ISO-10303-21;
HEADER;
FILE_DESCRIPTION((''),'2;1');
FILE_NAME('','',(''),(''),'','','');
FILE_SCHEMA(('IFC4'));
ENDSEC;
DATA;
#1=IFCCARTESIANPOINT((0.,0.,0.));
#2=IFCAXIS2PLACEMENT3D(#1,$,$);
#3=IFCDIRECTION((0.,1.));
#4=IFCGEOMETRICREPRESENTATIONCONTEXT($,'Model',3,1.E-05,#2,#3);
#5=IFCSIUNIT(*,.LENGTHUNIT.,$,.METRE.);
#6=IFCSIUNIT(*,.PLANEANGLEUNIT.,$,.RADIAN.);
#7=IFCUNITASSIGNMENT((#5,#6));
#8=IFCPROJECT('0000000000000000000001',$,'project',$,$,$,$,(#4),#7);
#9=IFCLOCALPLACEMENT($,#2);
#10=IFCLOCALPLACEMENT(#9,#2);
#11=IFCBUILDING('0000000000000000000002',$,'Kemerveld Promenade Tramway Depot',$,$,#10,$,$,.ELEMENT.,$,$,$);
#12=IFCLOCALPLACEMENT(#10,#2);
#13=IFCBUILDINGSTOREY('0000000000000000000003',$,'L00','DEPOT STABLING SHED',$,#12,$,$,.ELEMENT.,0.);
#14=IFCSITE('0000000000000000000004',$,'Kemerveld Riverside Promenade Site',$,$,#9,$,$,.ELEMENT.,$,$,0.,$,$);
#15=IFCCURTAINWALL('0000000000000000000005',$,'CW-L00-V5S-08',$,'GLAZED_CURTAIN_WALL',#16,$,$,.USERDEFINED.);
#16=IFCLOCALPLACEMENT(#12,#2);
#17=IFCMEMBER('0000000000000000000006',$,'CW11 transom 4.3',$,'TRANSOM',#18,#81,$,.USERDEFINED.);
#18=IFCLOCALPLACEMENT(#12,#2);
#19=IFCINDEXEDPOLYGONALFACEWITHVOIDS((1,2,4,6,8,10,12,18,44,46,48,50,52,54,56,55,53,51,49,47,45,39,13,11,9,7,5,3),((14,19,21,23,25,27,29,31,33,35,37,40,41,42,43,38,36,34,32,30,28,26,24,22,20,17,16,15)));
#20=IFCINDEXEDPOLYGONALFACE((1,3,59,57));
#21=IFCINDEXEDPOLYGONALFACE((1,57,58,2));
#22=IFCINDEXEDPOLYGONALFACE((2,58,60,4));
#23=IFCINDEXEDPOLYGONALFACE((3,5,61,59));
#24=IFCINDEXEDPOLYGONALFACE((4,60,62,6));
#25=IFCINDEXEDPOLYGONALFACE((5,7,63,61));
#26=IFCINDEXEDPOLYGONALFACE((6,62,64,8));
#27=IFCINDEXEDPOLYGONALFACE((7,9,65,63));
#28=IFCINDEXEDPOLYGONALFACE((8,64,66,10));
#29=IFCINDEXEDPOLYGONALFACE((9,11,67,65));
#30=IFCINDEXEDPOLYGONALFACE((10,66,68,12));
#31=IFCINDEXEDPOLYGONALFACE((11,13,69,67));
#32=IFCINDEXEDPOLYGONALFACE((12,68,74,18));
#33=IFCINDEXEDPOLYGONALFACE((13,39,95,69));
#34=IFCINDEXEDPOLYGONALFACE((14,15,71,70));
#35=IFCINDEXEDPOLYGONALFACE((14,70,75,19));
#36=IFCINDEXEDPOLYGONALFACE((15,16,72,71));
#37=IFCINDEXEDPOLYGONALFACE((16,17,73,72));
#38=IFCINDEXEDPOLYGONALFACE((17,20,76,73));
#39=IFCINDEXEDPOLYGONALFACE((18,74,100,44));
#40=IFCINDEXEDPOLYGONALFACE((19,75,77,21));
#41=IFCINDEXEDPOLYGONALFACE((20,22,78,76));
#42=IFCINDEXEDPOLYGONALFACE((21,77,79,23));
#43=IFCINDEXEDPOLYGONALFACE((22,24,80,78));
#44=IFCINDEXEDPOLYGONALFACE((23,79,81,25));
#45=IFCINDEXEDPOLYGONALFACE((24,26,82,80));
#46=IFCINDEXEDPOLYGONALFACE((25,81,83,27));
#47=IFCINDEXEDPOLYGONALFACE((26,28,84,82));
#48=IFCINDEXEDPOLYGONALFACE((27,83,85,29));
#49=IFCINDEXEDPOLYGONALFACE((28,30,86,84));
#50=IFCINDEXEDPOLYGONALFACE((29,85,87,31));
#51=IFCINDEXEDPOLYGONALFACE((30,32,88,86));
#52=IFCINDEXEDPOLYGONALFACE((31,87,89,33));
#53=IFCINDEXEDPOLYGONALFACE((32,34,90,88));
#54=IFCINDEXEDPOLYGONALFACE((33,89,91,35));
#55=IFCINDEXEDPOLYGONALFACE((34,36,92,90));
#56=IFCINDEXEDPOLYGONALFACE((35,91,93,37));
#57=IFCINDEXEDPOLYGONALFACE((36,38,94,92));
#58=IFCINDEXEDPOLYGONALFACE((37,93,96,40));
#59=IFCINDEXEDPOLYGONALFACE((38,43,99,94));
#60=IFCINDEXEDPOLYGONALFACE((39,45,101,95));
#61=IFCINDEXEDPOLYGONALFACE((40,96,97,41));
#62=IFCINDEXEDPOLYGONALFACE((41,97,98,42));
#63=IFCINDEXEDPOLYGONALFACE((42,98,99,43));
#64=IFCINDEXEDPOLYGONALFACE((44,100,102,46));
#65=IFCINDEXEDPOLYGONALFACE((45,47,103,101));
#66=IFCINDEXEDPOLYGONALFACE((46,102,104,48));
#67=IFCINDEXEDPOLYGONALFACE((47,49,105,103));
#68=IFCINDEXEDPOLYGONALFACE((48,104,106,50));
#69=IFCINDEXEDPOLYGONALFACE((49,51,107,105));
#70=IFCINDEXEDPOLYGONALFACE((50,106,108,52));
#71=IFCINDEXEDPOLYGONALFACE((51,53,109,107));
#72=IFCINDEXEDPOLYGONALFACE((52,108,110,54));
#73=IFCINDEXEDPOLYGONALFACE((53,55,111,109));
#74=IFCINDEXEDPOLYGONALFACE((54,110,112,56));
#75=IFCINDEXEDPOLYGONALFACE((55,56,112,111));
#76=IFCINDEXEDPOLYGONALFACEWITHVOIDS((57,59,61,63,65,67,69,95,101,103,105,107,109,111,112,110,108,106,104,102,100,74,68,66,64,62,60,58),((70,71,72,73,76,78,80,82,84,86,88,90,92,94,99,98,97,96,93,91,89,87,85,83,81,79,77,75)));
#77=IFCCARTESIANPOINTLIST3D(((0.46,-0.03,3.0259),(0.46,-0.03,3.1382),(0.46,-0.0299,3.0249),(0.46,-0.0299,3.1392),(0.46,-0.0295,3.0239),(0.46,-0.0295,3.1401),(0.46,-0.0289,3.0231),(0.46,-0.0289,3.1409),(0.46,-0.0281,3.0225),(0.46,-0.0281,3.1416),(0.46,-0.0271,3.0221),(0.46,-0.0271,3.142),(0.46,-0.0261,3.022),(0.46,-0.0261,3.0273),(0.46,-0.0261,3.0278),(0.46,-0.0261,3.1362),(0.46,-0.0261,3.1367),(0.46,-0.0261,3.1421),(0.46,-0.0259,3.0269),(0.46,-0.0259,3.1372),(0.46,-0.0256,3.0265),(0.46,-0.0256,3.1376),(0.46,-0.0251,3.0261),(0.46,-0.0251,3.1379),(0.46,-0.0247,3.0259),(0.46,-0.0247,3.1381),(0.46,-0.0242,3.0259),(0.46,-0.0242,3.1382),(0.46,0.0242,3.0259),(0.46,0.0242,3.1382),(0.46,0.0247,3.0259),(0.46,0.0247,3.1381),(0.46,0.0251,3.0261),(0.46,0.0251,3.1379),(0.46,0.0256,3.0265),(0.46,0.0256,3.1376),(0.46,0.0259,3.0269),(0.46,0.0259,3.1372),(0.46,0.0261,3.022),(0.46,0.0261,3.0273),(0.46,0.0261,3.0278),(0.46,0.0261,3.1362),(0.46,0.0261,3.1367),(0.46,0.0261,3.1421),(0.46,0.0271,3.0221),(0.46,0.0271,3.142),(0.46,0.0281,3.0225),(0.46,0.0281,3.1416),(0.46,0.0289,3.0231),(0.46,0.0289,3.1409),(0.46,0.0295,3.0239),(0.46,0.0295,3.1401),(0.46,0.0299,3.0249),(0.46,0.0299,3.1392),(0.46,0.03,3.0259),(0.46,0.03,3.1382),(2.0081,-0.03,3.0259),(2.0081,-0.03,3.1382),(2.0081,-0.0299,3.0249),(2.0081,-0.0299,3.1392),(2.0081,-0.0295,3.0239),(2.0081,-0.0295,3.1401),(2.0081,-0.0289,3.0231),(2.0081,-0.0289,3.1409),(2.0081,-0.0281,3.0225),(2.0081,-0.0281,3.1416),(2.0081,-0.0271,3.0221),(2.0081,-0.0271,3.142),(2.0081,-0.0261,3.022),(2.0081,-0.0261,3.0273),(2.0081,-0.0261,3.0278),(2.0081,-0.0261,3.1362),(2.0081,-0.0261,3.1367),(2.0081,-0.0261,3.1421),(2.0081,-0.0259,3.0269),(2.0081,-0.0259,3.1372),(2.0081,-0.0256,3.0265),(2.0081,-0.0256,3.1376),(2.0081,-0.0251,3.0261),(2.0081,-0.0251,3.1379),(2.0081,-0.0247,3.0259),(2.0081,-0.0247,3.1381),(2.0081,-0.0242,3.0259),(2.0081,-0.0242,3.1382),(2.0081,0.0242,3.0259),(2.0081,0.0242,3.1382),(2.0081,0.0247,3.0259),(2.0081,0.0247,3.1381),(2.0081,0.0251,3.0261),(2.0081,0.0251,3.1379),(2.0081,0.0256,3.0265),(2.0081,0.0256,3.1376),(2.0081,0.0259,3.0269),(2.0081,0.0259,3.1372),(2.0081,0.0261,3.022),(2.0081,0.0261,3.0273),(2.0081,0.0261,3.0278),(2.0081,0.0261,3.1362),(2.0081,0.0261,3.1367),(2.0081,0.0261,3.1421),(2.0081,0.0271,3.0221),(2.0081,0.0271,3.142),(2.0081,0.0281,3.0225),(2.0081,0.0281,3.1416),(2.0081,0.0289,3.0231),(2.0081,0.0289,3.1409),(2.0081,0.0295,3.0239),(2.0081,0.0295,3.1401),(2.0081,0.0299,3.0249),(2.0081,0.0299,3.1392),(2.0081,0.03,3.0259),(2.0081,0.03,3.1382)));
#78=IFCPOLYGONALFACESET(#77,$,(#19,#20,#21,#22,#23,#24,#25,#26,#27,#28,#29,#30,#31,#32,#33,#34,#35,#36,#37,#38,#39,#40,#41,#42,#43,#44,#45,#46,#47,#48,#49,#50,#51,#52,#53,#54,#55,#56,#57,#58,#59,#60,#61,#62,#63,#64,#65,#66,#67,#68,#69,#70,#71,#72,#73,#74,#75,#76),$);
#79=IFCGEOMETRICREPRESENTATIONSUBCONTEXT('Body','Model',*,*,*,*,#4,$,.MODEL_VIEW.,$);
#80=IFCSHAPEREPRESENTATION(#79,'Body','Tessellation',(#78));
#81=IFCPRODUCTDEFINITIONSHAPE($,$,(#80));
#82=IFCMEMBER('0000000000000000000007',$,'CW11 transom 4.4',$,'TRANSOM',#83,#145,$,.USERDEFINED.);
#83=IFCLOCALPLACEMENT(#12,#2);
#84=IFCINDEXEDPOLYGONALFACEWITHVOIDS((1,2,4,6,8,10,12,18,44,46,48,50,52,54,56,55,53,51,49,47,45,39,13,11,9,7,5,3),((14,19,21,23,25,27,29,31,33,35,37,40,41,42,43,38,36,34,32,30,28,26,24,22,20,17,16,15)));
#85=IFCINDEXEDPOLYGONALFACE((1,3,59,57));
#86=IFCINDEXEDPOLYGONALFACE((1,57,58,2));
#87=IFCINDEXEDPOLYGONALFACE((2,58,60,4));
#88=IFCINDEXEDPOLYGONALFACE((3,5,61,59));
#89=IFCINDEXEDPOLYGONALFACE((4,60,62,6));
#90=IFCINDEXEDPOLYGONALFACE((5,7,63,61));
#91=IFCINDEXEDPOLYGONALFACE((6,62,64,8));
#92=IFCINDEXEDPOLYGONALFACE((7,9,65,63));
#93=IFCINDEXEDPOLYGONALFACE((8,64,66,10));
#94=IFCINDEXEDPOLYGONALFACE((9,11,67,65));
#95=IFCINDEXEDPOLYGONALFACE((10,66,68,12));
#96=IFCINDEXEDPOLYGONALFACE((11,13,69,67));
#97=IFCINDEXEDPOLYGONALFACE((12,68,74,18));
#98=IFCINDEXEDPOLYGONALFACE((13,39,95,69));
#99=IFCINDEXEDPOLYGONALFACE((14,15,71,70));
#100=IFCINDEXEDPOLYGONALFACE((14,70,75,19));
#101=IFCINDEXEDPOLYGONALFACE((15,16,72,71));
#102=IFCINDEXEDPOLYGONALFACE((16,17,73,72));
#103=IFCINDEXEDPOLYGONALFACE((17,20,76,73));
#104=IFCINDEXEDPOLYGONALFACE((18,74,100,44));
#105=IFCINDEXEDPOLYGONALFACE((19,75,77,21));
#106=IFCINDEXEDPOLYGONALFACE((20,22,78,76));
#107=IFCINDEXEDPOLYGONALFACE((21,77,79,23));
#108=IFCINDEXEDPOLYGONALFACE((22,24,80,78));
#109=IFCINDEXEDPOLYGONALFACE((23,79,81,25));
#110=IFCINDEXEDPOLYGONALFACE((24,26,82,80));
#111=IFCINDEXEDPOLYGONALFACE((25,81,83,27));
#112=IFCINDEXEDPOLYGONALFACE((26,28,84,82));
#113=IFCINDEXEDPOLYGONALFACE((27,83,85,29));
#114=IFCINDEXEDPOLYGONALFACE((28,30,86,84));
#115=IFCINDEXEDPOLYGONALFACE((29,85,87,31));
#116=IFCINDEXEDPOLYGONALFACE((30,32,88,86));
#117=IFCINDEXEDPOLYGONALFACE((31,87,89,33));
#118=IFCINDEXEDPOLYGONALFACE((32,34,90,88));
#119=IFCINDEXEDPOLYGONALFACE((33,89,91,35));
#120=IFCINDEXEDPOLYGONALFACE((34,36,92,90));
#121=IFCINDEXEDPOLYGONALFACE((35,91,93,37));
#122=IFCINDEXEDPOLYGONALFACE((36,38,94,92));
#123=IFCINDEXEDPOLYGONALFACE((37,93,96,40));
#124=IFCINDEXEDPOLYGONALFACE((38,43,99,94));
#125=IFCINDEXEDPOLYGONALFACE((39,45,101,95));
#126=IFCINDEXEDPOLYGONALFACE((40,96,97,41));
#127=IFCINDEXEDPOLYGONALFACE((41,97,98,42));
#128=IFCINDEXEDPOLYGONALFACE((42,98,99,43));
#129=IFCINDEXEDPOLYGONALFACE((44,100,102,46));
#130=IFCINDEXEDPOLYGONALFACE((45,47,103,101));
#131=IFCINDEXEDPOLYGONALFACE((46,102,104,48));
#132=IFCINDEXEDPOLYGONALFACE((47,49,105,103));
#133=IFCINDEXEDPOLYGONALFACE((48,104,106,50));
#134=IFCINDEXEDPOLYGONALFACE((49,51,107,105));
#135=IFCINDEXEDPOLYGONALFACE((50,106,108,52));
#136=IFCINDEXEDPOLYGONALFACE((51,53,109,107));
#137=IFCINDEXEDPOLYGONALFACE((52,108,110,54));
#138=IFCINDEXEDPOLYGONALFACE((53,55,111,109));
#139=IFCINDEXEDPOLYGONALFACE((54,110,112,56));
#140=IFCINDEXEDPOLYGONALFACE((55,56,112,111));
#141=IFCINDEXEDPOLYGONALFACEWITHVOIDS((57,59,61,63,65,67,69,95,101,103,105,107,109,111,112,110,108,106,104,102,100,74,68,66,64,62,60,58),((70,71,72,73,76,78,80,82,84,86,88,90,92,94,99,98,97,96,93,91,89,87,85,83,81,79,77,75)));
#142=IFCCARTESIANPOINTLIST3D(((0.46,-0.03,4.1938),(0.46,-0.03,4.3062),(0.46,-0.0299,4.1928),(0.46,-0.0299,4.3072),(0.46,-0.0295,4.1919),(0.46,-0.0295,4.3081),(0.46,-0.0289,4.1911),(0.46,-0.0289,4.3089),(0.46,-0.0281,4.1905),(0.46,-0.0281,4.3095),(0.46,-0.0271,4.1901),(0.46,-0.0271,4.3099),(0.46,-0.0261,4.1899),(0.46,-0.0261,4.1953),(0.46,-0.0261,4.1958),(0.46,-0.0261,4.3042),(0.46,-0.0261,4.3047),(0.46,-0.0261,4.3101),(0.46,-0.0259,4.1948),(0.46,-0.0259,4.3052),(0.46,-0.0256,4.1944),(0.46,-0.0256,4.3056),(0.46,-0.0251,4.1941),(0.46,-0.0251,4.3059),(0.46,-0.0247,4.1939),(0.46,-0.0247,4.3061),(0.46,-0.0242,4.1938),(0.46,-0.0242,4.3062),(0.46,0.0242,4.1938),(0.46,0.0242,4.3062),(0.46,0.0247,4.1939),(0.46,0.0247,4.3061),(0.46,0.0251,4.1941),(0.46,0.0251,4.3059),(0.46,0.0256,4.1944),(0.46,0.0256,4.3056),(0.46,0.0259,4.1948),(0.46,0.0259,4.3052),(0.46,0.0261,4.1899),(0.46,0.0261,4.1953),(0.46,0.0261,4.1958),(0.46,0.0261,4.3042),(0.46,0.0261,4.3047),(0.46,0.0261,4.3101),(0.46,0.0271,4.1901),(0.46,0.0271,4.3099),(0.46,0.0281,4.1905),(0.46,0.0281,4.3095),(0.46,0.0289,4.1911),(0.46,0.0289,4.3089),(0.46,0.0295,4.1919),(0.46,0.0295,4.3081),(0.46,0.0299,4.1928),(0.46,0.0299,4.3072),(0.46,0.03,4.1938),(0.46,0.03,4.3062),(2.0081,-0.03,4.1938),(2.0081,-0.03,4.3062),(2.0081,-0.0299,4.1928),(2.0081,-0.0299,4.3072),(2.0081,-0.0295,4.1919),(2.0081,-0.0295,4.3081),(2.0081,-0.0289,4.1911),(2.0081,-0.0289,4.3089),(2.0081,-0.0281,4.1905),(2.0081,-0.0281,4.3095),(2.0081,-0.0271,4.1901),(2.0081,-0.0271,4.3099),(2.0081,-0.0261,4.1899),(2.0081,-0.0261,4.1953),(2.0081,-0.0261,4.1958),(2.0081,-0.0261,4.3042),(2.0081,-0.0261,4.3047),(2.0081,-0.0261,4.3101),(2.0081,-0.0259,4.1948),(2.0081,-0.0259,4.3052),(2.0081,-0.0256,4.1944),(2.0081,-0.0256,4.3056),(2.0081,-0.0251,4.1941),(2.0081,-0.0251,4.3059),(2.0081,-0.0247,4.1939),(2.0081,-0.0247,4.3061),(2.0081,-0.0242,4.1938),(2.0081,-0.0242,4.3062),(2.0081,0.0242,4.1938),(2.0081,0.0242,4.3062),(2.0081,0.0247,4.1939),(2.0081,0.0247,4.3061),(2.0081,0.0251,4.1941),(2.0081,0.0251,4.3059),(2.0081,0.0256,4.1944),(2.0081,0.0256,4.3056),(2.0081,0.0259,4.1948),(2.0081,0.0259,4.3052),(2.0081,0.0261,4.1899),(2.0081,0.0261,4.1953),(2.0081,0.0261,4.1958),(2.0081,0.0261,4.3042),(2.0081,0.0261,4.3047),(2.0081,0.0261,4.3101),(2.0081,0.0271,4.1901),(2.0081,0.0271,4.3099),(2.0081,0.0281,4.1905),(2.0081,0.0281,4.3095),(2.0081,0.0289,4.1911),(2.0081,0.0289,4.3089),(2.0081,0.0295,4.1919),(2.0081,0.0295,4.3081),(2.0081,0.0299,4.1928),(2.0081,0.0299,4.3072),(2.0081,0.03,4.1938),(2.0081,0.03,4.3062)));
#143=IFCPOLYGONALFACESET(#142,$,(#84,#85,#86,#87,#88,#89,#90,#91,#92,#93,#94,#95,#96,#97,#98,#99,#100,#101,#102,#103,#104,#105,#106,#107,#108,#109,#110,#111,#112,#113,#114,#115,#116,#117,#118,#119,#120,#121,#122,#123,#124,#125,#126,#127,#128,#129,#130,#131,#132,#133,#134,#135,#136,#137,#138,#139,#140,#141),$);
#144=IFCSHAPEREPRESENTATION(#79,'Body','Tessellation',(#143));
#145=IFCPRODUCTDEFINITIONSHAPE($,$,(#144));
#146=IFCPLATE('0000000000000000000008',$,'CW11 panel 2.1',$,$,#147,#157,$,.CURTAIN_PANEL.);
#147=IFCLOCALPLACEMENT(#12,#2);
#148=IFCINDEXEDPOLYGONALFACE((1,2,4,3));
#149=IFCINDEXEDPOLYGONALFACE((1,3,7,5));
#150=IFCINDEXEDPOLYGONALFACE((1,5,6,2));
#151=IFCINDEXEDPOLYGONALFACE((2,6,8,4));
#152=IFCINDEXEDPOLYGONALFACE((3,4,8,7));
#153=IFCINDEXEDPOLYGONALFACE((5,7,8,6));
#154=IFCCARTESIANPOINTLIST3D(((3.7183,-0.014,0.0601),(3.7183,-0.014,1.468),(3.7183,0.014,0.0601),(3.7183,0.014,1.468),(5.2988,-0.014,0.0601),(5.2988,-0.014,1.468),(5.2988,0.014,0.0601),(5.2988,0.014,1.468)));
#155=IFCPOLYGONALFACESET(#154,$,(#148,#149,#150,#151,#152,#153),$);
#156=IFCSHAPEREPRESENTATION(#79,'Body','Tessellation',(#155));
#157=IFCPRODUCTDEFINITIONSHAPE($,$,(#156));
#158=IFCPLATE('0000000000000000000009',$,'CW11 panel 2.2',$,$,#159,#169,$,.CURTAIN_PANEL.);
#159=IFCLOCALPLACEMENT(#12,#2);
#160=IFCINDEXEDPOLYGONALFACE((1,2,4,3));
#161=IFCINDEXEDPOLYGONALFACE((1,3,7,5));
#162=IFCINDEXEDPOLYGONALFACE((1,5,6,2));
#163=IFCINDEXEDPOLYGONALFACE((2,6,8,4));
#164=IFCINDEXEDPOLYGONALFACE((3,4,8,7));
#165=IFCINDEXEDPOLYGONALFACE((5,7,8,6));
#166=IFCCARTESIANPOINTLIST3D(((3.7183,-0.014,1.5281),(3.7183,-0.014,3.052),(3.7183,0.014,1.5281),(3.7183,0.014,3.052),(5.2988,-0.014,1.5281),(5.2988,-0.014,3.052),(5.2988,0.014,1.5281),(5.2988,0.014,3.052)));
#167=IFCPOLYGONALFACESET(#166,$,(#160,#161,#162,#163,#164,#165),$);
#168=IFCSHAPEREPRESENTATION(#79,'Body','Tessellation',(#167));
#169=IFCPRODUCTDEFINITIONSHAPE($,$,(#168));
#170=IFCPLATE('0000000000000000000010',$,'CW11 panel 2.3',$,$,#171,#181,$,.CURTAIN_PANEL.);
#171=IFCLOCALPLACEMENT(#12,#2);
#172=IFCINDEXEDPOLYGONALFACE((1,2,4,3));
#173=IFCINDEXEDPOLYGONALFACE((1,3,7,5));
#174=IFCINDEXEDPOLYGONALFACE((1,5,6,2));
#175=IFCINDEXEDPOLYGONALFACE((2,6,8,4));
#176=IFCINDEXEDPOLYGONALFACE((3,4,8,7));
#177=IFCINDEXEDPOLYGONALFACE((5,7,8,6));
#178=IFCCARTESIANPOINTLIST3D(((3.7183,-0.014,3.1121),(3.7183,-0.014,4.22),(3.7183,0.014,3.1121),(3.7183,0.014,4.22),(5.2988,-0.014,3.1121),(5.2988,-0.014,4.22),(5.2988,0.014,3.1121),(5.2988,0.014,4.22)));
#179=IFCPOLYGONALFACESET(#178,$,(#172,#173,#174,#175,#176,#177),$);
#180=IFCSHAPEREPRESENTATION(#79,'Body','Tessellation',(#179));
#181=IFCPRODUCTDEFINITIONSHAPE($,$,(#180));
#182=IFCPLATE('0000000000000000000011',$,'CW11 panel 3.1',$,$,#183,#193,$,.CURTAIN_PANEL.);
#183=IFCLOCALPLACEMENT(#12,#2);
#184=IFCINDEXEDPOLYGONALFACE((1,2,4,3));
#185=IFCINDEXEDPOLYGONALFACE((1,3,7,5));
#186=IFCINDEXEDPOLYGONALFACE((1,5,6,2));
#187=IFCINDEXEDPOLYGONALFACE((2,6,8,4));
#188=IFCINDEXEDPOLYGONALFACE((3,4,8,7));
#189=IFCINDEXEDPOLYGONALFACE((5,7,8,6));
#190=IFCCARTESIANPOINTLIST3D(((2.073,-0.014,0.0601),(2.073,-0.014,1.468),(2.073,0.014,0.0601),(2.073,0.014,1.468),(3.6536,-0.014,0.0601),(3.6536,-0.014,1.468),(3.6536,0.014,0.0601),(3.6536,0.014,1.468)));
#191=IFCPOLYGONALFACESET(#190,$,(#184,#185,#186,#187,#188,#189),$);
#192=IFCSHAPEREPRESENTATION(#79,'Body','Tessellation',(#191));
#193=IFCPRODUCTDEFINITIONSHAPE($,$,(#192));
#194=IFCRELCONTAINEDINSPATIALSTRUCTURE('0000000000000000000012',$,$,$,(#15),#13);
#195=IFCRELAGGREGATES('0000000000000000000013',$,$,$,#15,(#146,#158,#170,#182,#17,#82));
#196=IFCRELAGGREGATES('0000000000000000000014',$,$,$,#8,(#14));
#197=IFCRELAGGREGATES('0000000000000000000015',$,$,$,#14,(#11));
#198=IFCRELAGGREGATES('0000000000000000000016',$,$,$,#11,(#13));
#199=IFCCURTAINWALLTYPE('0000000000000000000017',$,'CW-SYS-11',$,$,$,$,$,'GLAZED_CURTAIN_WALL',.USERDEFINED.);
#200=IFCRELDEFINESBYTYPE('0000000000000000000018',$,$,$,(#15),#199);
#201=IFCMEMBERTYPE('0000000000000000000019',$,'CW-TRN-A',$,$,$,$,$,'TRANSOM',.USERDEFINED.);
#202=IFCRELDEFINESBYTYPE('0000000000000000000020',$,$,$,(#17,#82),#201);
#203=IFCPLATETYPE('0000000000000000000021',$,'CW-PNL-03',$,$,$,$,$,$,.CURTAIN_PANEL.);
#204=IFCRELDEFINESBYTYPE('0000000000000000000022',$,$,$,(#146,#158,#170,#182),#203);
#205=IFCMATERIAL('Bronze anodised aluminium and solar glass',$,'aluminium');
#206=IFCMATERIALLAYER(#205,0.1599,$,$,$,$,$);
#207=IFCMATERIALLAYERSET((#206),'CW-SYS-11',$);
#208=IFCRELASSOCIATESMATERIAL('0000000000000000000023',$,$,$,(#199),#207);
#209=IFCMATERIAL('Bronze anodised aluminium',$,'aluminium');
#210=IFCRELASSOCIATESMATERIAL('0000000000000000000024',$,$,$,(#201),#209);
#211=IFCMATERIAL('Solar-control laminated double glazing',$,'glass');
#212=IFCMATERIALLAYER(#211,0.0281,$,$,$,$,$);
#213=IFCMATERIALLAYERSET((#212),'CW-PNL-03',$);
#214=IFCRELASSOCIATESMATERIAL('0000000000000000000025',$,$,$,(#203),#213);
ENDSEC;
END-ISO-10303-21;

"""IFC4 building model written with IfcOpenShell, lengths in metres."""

from ifc_helpers import new_model, si_unit, direction, frame, origin, origin_2d, place, context, subcontext, project, spatial, rectangle, hollow_rectangle, extrude, material, layer, layer_set, material_profile, profile_set, type_object, element, aggregate, save


model = new_model("IFC4")

# Units and contexts
model_context = context("Model", 3, precision=1e-05, world=origin(), true_north=direction((0.0, 1.0)))
body_context = subcontext(model_context, "Body", "Model", "MODEL_VIEW")
ifc_project = project(units=[si_unit("LENGTHUNIT", "METRE"), si_unit("PLANEANGLEUNIT", "RADIAN")], contexts=[model_context])

# Site, building, storey
site_placement = place(None, origin())
site = spatial("IfcSite", under=ifc_project, at=site_placement, Name="Kemerveld Riverside Promenade Site", CompositionType="ELEMENT", RefElevation=0.0)
building_placement = place(site_placement, origin())
building = spatial("IfcBuilding", under=site, at=building_placement, Name="Kemerveld Promenade Tramway Depot", CompositionType="ELEMENT")
storey_placement = place(building_placement, origin())
storey = spatial("IfcBuildingStorey", under=building, at=storey_placement, Name="L00", Description="DEPOT STABLING SHED", CompositionType="ELEMENT", Elevation=0.0)

# Curtain wall, members, plates
ifc_material_1 = material(Name="Bronze anodised aluminium and solar glass", Category="aluminium")
ifc_layer_1 = layer(ifc_material_1, 0.1599)
ifc_layer_set_1 = layer_set([ifc_layer_1], Name="CW-SYS-11")
curtain_wall_type = type_object("IfcCurtainWallType", Name="CW-SYS-11", ElementType="GLAZED_CURTAIN_WALL", PredefinedType="USERDEFINED", material=ifc_layer_set_1)
curtain_wall_placement = place(storey_placement, origin())
curtain_wall = element("IfcCurtainWall", 1, at=curtain_wall_placement, inside=storey, type_object=curtain_wall_type, Name="CW-L00-V5S-08", ObjectType="GLAZED_CURTAIN_WALL", PredefinedType="USERDEFINED")
ifc_material_2 = material(Name="Bronze anodised aluminium", Category="aluminium")
ifc_material_profile_1 = material_profile(ifc_material_2, hollow_rectangle(XDim=0.0601, YDim=0.1201, WallThickness=0.0039, InnerFilletRadius=0.002, OuterFilletRadius=0.0039, at=origin_2d()), Name="CW-TRN-120x60")
ifc_profile_set_1 = profile_set([ifc_material_profile_1], Name="Bronze anodised aluminium")
member_type_1 = type_object("IfcMemberType", Name="CW-TRN-A", ElementType="TRANSOM", PredefinedType="USERDEFINED", material=ifc_profile_set_1)
member_1_placement = place(storey_placement, frame((2.0081, 0.0, 3.082), z_axis=(-1.0, 0.0, 0.0), x_axis=(0.0, -1.0, 0.0)))
member_1 = element("IfcMember", 2, at=member_1_placement, type_object=member_type_1, Name="CW11 transom 4.3", ObjectType="TRANSOM", PredefinedType="USERDEFINED", context=body_context, shape_type="SweptSolid", body=[
    extrude(hollow_rectangle(XDim=0.0601, YDim=0.1201, WallThickness=0.0039, InnerFilletRadius=0.002, OuterFilletRadius=0.0039, at=origin_2d()), origin(), (0.0, 0.0, 1.0), 1.5481),
])
member_2_placement = place(storey_placement, frame((2.0081, 0.0, 4.25), z_axis=(-1.0, 0.0, 0.0), x_axis=(0.0, -1.0, 0.0)))
member_2 = element("IfcMember", 3, at=member_2_placement, type_object=member_type_1, Name="CW11 transom 4.4", ObjectType="TRANSOM", PredefinedType="USERDEFINED", context=body_context, shape_type="SweptSolid", body=[
    extrude(hollow_rectangle(XDim=0.0601, YDim=0.1201, WallThickness=0.0039, InnerFilletRadius=0.002, OuterFilletRadius=0.0039, at=origin_2d()), origin(), (0.0, 0.0, 1.0), 1.5481),
])
ifc_material_3 = material(Name="Solar-control laminated double glazing", Category="glass")
ifc_layer_2 = layer(ifc_material_3, 0.0281)
ifc_layer_set_2 = layer_set([ifc_layer_2], Name="CW-PNL-03")
plate_type = type_object("IfcPlateType", Name="CW-PNL-03", PredefinedType="CURTAIN_PANEL", material=ifc_layer_set_2)
plate_1_placement = place(storey_placement, frame((4.5085, 0.0, 0.0601), z_axis=(0.0, 0.0, 1.0), x_axis=(-1.0, 0.0, 0.0)))
plate_1 = element("IfcPlate", 4, at=plate_1_placement, type_object=plate_type, Name="CW11 panel 2.1", PredefinedType="CURTAIN_PANEL", context=body_context, shape_type="SweptSolid", body=[
    extrude(rectangle(XDim=1.5806, YDim=0.0281, at=origin_2d()), origin(), (0.0, 0.0, 1.0), 1.408),
])
plate_2_placement = place(storey_placement, frame((4.5085, 0.0, 1.5281), z_axis=(0.0, 0.0, 1.0), x_axis=(-1.0, 0.0, 0.0)))
plate_2 = element("IfcPlate", 5, at=plate_2_placement, type_object=plate_type, Name="CW11 panel 2.2", PredefinedType="CURTAIN_PANEL", context=body_context, shape_type="SweptSolid", body=[
    extrude(rectangle(XDim=1.5806, YDim=0.0281, at=origin_2d()), origin(), (0.0, 0.0, 1.0), 1.5239),
])
plate_3_placement = place(storey_placement, frame((4.5085, 0.0, 3.1121), z_axis=(0.0, 0.0, 1.0), x_axis=(-1.0, 0.0, 0.0)))
plate_3 = element("IfcPlate", 6, at=plate_3_placement, type_object=plate_type, Name="CW11 panel 2.3", PredefinedType="CURTAIN_PANEL", context=body_context, shape_type="SweptSolid", body=[
    extrude(rectangle(XDim=1.5806, YDim=0.0281, at=origin_2d()), origin(), (0.0, 0.0, 1.0), 1.1079),
])
plate_4_placement = place(storey_placement, frame((2.8633, 0.0, 0.0601), z_axis=(0.0, 0.0, 1.0), x_axis=(-1.0, 0.0, 0.0)))
plate_4 = element("IfcPlate", 7, at=plate_4_placement, type_object=plate_type, Name="CW11 panel 3.1", PredefinedType="CURTAIN_PANEL", context=body_context, shape_type="SweptSolid", body=[
    extrude(rectangle(XDim=1.5806, YDim=0.0281, at=origin_2d()), origin(), (0.0, 0.0, 1.0), 1.408),
])
aggregate(curtain_wall, [plate_1, plate_2, plate_3, plate_4, member_1, member_2])

save(model, "model.ifc")
